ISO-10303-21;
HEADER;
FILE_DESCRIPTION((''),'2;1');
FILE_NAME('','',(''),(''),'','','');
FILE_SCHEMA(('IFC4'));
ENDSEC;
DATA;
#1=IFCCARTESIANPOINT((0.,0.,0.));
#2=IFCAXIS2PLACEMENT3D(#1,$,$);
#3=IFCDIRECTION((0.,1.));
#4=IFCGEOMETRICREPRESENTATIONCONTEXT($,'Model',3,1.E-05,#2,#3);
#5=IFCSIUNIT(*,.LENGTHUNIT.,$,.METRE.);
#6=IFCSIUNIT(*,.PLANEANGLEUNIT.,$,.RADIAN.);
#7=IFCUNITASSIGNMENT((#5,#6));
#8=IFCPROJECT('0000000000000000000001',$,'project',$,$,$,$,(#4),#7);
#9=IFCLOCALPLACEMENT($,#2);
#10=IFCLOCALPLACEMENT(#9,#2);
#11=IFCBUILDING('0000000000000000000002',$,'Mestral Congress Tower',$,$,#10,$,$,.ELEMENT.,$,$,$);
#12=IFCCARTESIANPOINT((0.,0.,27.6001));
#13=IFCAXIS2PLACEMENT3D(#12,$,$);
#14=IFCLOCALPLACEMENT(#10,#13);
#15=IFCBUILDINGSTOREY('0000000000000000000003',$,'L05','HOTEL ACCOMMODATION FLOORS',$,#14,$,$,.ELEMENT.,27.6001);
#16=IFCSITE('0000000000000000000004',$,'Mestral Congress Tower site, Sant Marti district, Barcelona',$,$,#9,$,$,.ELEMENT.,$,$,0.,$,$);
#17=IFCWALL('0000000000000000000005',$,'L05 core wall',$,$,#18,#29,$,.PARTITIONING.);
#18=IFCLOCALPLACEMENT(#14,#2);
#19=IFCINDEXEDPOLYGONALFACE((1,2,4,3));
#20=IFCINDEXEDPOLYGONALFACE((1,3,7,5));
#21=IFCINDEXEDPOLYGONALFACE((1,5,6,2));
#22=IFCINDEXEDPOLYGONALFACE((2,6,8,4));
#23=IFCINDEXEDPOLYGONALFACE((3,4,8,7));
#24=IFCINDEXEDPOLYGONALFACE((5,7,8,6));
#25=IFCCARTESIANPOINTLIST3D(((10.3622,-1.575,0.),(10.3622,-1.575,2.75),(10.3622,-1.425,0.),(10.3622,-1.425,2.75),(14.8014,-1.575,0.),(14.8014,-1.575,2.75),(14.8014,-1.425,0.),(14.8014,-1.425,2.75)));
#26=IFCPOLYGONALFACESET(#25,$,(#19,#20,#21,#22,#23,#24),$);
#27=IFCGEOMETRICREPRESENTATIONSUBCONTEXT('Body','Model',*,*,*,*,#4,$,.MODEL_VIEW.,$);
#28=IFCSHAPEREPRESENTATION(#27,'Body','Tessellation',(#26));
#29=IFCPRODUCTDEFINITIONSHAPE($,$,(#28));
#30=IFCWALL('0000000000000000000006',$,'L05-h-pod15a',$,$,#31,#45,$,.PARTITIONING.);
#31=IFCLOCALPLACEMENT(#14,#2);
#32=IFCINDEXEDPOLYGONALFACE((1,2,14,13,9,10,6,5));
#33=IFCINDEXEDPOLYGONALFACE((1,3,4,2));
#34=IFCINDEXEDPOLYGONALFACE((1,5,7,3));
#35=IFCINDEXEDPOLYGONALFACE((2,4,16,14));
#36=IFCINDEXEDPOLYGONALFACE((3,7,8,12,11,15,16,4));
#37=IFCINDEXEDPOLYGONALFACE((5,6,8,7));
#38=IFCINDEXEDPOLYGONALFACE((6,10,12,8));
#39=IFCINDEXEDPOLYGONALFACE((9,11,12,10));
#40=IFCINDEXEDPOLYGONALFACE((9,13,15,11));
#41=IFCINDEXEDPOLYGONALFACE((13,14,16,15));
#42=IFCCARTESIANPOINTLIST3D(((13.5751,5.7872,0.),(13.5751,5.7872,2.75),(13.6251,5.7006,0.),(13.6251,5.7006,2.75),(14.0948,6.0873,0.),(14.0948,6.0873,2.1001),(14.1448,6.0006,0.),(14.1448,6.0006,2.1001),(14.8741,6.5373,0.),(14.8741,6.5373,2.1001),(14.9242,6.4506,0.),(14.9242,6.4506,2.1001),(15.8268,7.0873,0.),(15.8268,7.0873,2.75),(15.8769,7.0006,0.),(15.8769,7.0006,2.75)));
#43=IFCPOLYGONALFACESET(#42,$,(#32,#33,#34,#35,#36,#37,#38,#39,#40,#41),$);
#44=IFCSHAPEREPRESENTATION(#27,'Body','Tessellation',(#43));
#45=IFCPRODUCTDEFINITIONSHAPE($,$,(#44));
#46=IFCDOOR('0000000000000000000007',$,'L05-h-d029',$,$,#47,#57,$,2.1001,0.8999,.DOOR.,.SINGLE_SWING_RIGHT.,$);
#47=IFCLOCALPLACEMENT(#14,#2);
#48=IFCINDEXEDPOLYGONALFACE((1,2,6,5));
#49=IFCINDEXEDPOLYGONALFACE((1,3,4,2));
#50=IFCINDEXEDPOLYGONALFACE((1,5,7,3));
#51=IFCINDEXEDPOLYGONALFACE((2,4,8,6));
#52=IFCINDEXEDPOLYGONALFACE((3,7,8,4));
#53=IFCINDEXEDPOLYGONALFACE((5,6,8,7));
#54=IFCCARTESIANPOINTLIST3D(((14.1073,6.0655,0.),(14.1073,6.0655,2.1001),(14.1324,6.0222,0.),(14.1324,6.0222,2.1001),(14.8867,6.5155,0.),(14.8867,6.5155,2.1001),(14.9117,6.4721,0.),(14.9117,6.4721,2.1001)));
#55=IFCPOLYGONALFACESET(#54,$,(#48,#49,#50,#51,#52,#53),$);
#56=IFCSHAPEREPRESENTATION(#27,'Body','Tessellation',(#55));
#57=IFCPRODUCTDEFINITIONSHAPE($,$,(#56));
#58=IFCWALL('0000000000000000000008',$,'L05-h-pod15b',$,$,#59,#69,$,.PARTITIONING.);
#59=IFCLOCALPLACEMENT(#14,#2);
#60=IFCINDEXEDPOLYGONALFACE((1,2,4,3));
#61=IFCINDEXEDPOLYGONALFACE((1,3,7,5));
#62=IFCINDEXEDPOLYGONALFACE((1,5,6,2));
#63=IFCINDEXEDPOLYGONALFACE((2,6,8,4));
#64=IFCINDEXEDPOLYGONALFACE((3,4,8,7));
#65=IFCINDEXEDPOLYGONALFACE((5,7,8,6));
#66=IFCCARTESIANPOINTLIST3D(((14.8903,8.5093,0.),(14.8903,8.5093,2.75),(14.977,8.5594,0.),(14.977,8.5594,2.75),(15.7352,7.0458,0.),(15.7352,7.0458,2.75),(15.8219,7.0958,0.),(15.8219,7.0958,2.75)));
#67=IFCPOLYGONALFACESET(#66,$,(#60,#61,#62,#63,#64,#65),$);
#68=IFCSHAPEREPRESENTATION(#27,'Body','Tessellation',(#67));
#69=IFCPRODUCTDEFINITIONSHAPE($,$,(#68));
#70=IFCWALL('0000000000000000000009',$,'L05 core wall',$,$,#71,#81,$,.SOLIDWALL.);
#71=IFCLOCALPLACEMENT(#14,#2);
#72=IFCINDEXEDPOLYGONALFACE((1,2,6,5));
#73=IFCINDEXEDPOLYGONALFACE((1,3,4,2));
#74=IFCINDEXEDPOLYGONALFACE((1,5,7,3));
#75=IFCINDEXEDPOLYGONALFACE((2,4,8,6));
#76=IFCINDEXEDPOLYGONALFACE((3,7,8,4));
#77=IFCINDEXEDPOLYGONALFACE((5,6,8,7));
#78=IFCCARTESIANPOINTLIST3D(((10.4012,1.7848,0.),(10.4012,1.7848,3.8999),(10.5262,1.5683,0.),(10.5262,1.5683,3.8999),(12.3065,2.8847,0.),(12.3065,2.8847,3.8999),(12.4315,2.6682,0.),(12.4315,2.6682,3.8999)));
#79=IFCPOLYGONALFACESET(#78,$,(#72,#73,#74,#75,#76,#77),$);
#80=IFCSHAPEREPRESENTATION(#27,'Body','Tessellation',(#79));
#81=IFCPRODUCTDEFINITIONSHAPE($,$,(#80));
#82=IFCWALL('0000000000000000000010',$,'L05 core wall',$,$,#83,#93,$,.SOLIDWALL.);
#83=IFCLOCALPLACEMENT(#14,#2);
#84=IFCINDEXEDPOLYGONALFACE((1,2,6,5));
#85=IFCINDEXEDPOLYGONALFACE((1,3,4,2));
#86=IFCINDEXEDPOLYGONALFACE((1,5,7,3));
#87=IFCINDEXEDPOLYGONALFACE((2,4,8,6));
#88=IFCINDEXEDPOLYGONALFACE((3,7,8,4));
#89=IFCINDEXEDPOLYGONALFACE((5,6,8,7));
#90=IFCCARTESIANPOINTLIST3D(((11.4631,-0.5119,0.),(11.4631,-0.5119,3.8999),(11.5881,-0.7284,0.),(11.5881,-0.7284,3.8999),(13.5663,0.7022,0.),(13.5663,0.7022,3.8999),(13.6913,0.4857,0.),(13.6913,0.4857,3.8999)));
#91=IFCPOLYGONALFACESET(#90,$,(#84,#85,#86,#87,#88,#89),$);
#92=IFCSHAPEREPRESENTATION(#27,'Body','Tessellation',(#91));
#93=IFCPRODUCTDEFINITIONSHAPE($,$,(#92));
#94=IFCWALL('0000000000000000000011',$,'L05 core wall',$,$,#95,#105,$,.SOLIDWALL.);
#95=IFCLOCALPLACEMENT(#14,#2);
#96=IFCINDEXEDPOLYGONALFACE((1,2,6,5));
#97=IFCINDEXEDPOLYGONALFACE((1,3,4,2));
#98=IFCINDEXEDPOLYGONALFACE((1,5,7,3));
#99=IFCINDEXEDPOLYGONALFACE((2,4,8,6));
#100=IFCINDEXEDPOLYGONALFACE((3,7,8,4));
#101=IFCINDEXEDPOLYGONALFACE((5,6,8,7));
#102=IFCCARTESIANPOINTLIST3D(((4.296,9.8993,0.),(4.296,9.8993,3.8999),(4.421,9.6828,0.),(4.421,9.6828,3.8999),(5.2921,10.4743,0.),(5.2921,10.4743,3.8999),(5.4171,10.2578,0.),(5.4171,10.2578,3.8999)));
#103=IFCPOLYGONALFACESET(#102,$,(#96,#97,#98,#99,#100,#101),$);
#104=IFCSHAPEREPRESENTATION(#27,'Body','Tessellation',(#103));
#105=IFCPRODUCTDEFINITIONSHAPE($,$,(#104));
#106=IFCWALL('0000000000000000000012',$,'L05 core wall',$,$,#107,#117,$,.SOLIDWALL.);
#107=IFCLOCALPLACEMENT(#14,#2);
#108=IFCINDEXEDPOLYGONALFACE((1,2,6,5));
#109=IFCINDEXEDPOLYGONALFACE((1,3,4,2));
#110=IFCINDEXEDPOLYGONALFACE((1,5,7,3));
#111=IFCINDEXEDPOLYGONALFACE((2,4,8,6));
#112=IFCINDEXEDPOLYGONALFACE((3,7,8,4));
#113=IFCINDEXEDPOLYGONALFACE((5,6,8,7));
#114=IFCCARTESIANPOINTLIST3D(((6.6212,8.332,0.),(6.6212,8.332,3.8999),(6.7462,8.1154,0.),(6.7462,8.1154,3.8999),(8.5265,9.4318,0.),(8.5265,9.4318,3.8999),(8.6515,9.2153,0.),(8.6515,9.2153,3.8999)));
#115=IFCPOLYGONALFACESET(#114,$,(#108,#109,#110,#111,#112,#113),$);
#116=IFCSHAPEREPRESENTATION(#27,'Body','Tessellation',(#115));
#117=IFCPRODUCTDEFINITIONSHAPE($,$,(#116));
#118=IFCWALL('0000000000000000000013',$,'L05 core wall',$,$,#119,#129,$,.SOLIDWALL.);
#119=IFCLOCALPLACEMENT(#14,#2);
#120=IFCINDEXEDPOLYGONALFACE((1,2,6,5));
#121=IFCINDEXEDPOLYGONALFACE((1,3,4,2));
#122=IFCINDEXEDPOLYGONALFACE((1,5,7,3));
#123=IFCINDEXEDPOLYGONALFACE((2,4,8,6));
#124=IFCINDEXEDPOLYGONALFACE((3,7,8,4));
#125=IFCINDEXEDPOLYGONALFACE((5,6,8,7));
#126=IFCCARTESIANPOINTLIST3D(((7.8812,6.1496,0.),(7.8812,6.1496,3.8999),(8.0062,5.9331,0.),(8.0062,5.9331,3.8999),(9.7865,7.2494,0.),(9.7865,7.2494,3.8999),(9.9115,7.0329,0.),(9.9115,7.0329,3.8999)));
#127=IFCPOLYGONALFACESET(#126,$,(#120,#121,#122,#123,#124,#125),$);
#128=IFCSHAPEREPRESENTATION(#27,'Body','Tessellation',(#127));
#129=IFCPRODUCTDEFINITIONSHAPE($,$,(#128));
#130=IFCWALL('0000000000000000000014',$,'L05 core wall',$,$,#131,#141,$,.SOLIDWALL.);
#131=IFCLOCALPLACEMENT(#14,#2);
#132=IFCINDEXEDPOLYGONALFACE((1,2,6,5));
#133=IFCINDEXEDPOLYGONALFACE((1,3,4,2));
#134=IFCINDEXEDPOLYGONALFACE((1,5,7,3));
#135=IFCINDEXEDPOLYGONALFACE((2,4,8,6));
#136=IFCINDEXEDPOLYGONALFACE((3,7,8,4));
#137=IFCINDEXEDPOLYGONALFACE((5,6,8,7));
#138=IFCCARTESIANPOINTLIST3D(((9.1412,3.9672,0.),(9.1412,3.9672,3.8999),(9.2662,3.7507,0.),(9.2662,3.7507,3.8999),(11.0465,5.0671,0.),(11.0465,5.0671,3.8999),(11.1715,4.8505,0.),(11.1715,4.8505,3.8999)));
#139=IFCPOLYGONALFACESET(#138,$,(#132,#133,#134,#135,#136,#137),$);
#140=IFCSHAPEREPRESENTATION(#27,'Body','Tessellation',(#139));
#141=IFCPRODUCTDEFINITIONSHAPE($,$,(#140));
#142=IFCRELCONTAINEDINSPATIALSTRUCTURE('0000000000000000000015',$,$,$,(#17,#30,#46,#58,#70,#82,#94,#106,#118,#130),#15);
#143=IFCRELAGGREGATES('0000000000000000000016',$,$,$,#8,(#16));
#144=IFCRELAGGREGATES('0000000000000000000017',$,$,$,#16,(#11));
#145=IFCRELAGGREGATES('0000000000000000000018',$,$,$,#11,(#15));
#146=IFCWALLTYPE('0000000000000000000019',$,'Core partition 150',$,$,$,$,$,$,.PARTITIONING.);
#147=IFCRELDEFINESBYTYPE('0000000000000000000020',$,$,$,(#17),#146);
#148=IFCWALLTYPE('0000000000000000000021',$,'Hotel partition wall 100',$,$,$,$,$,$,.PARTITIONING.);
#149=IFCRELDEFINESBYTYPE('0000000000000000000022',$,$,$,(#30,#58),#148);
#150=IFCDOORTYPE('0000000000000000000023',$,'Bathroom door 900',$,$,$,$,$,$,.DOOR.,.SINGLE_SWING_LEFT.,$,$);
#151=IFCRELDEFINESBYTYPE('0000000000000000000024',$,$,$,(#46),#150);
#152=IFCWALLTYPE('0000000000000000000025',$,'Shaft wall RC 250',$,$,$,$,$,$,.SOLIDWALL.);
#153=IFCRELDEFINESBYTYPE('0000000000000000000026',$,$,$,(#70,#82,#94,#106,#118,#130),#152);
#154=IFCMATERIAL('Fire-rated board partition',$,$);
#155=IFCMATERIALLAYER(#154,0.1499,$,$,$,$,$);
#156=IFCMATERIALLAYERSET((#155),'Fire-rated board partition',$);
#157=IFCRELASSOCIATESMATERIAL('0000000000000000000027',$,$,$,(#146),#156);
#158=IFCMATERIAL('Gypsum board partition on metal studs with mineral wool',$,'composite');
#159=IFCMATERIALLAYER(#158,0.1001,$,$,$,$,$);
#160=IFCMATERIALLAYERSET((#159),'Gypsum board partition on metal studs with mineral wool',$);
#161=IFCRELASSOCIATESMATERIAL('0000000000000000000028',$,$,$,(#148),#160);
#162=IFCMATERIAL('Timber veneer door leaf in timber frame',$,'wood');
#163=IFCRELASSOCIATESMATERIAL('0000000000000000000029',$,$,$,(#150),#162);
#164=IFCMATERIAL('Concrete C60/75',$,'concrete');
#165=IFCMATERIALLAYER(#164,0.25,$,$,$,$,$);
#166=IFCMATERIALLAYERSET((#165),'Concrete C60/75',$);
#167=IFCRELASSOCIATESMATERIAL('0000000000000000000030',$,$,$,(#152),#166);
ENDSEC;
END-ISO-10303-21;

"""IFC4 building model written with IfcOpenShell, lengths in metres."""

from ifc_helpers import new_model, si_unit, direction, frame, frame_2d, origin, place, context, subcontext, project, spatial, rectangle, extrude, material, layer, layer_set, type_object, element, fill, save


model = new_model("IFC4")

# Units and contexts
model_context = context("Model", 3, precision=1e-05, world=origin(), true_north=direction((0.0, 1.0)))
body_context = subcontext(model_context, "Body", "Model", "MODEL_VIEW")
ifc_project = project(units=[si_unit("LENGTHUNIT", "METRE"), si_unit("PLANEANGLEUNIT", "RADIAN")], contexts=[model_context])

# Site, building, storey
site_placement = place(None, origin())
site = spatial("IfcSite", under=ifc_project, at=site_placement, Name="Mestral Congress Tower site, Sant Marti district, Barcelona", CompositionType="ELEMENT", RefElevation=0.0)
building_placement = place(site_placement, origin())
building = spatial("IfcBuilding", under=site, at=building_placement, Name="Mestral Congress Tower", CompositionType="ELEMENT")
storey_placement = place(building_placement, frame((0.0, 0.0, 27.6001)))
storey = spatial("IfcBuildingStorey", under=building, at=storey_placement, Name="L05", Description="HOTEL ACCOMMODATION FLOORS", CompositionType="ELEMENT", Elevation=27.6001)

# Wall
ifc_material_1 = material(Name="Fire-rated board partition")
ifc_layer_1 = layer(ifc_material_1, 0.1499)
ifc_layer_set_1 = layer_set([ifc_layer_1], Name="Fire-rated board partition")
wall_type_1 = type_object("IfcWallType", Name="Core partition 150", PredefinedType="PARTITIONING", material=ifc_layer_set_1)
wall_1_placement = place(storey_placement, frame((10.3621, -1.5, 0.0), z_axis=(0.0, 0.0, 1.0), x_axis=(1.0, 0.0, 0.0)))
element("IfcWall", 1, at=wall_1_placement, inside=storey, type_object=wall_type_1, Name="L05 core wall", PredefinedType="PARTITIONING", context=body_context, shape_type="SweptSolid", body=[
    extrude(rectangle(XDim=4.4392, YDim=0.1499, at=frame_2d((2.2197, 0.0))), origin(), (0.0, 0.0, 1.0), 2.75),
])

# Wall, opening, door
ifc_material_2 = material(Name="Gypsum board partition on metal studs with mineral wool", Category="composite")
ifc_layer_2 = layer(ifc_material_2, 0.1001)
ifc_layer_set_2 = layer_set([ifc_layer_2], Name="Gypsum board partition on metal studs with mineral wool")
wall_type_2 = type_object("IfcWallType", Name="Hotel partition wall 100", PredefinedType="PARTITIONING", material=ifc_layer_set_2)
wall_2_placement = place(storey_placement, frame((13.6001, 5.7439, 0.0), z_axis=(0.0, 0.0, 1.0), x_axis=(0.866021, 0.500007, 0.0)))
wall_2 = element("IfcWall", 2, at=wall_2_placement, inside=storey, type_object=wall_type_2, Name="L05-h-pod15a", PredefinedType="PARTITIONING", context=body_context, shape_type="SweptSolid", body=[
    extrude(rectangle(XDim=2.6001, YDim=0.1001, at=frame_2d((1.3, 0.0))), origin(), (0.0, 0.0, 1.0), 2.75),
])
opening_1_placement = place(wall_2_placement, frame((0.6001, 0.0, 0.0)))
opening_1 = element("IfcOpeningElement", 3, at=opening_1_placement, cuts=wall_2, PredefinedType="OPENING", context=body_context, shape_type="SweptSolid", body=[
    extrude(rectangle(XDim=0.8999, YDim=2.1001, at=frame_2d((0.45, 1.05))), frame((0.0, 0.0601, 0.0), z_axis=(0.0, -1.0, 0.0), x_axis=(1.0, 0.0, 0.0)), (0.0, 0.0, 1.0), 0.1201),
])
ifc_material_3 = material(Name="Timber veneer door leaf in timber frame", Category="wood")
door_type_1 = type_object("IfcDoorType", Name="Bathroom door 900", OperationType="SINGLE_SWING_LEFT", PredefinedType="DOOR", material=ifc_material_3)
door_1_placement = place(opening_1_placement, origin())
door_1 = element("IfcDoor", 4, at=door_1_placement, inside=storey, type_object=door_type_1, Name="L05-h-d029", OperationType="SINGLE_SWING_RIGHT", OverallHeight=2.1001, OverallWidth=0.8999, PredefinedType="DOOR", context=body_context, shape_type="SweptSolid", body=[
    extrude(rectangle(XDim=0.8999, YDim=2.1001, at=frame_2d((0.45, 1.05))), frame((0.0, 0.0249, 0.0), z_axis=(0.0, -1.0, 0.0), x_axis=(1.0, 0.0, 0.0)), (0.0, 0.0, 1.0), 0.05),
])
fill(opening_1, door_1)

# Walls
wall_3_placement = place(storey_placement, frame((15.7786, 7.0708, 0.0), z_axis=(0.0, 0.0, 1.0), x_axis=(-0.499977, 0.866039, 0.0)))
element("IfcWall", 5, at=wall_3_placement, inside=storey, type_object=wall_type_2, Name="L05-h-pod15b", PredefinedType="PARTITIONING", context=body_context, shape_type="SweptSolid", body=[
    extrude(rectangle(XDim=1.6899, YDim=0.1001, at=frame_2d((0.845, 0.0))), origin(), (0.0, 0.0, 1.0), 2.75),
])
ifc_material_4 = material(Name="Concrete C60/75", Category="concrete")
ifc_layer_3 = layer(ifc_material_4, 0.25)
ifc_layer_set_3 = layer_set([ifc_layer_3], Name="Concrete C60/75")
wall_type_3 = type_object("IfcWallType", Name="Shaft wall RC 250", PredefinedType="SOLIDWALL", material=ifc_layer_set_3)
wall_4_placement = place(storey_placement, frame((10.4636, 1.6765, 0.0), z_axis=(0.0, 0.0, 1.0), x_axis=(0.866056, 0.499947, 0.0)))
element("IfcWall", 6, at=wall_4_placement, inside=storey, type_object=wall_type_3, Name="L05 core wall", PredefinedType="SOLIDWALL", context=body_context, shape_type="SweptSolid", body=[
    extrude(rectangle(XDim=2.2, YDim=0.25, at=frame_2d((1.1001, 0.0))), origin(), (0.0, 0.0, 1.0), 3.8999),
])
wall_5_placement = place(storey_placement, frame((13.6289, 0.594, 0.0), z_axis=(0.0, 0.0, 1.0), x_axis=(-0.866063, -0.499934, 0.0)))
element("IfcWall", 7, at=wall_5_placement, inside=storey, type_object=wall_type_3, Name="L05 core wall", PredefinedType="SOLIDWALL", context=body_context, shape_type="SweptSolid", body=[
    extrude(rectangle(XDim=2.4285, YDim=0.25, at=frame_2d((1.2144, 0.0))), origin(), (0.0, 0.0, 1.0), 3.8999),
])
wall_6_placement = place(storey_placement, frame((4.3584, 9.791, 0.0), z_axis=(0.0, 0.0, 1.0), x_axis=(0.86608, 0.499906, 0.0)))
element("IfcWall", 8, at=wall_6_placement, inside=storey, type_object=wall_type_3, Name="L05 core wall", PredefinedType="SOLIDWALL", context=body_context, shape_type="SweptSolid", body=[
    extrude(rectangle(XDim=1.1501, YDim=0.25, at=frame_2d((0.5752, 0.0))), origin(), (0.0, 0.0, 1.0), 3.8999),
])
for number, where, z_axis, x_axis, name in (
    (9, (6.6836, 8.2236, 0.0), (0.0, 0.0, 1.0), (0.866056, 0.499947, 0.0), "L05 core wall"),
    (10, (7.9436, 6.0413, 0.0), (0.0, 0.0, 1.0), (0.866056, 0.499947, 0.0), "L05 core wall"),
    (11, (9.2036, 3.8589, 0.0), (0.0, 0.0, 1.0), (0.866056, 0.499947, 0.0), "L05 core wall"),
):
    element("IfcWall", number, at=place(storey_placement, frame(where, z_axis=z_axis, x_axis=x_axis)), inside=storey, type_object=wall_type_3, Name=name, PredefinedType="SOLIDWALL", context=body_context, shape_type="SweptSolid", body=[
        extrude(rectangle(XDim=2.2, YDim=0.25, at=frame_2d((1.1001, 0.0))), origin(), (0.0, 0.0, 1.0), 3.8999),
    ])

save(model, "model.ifc")
